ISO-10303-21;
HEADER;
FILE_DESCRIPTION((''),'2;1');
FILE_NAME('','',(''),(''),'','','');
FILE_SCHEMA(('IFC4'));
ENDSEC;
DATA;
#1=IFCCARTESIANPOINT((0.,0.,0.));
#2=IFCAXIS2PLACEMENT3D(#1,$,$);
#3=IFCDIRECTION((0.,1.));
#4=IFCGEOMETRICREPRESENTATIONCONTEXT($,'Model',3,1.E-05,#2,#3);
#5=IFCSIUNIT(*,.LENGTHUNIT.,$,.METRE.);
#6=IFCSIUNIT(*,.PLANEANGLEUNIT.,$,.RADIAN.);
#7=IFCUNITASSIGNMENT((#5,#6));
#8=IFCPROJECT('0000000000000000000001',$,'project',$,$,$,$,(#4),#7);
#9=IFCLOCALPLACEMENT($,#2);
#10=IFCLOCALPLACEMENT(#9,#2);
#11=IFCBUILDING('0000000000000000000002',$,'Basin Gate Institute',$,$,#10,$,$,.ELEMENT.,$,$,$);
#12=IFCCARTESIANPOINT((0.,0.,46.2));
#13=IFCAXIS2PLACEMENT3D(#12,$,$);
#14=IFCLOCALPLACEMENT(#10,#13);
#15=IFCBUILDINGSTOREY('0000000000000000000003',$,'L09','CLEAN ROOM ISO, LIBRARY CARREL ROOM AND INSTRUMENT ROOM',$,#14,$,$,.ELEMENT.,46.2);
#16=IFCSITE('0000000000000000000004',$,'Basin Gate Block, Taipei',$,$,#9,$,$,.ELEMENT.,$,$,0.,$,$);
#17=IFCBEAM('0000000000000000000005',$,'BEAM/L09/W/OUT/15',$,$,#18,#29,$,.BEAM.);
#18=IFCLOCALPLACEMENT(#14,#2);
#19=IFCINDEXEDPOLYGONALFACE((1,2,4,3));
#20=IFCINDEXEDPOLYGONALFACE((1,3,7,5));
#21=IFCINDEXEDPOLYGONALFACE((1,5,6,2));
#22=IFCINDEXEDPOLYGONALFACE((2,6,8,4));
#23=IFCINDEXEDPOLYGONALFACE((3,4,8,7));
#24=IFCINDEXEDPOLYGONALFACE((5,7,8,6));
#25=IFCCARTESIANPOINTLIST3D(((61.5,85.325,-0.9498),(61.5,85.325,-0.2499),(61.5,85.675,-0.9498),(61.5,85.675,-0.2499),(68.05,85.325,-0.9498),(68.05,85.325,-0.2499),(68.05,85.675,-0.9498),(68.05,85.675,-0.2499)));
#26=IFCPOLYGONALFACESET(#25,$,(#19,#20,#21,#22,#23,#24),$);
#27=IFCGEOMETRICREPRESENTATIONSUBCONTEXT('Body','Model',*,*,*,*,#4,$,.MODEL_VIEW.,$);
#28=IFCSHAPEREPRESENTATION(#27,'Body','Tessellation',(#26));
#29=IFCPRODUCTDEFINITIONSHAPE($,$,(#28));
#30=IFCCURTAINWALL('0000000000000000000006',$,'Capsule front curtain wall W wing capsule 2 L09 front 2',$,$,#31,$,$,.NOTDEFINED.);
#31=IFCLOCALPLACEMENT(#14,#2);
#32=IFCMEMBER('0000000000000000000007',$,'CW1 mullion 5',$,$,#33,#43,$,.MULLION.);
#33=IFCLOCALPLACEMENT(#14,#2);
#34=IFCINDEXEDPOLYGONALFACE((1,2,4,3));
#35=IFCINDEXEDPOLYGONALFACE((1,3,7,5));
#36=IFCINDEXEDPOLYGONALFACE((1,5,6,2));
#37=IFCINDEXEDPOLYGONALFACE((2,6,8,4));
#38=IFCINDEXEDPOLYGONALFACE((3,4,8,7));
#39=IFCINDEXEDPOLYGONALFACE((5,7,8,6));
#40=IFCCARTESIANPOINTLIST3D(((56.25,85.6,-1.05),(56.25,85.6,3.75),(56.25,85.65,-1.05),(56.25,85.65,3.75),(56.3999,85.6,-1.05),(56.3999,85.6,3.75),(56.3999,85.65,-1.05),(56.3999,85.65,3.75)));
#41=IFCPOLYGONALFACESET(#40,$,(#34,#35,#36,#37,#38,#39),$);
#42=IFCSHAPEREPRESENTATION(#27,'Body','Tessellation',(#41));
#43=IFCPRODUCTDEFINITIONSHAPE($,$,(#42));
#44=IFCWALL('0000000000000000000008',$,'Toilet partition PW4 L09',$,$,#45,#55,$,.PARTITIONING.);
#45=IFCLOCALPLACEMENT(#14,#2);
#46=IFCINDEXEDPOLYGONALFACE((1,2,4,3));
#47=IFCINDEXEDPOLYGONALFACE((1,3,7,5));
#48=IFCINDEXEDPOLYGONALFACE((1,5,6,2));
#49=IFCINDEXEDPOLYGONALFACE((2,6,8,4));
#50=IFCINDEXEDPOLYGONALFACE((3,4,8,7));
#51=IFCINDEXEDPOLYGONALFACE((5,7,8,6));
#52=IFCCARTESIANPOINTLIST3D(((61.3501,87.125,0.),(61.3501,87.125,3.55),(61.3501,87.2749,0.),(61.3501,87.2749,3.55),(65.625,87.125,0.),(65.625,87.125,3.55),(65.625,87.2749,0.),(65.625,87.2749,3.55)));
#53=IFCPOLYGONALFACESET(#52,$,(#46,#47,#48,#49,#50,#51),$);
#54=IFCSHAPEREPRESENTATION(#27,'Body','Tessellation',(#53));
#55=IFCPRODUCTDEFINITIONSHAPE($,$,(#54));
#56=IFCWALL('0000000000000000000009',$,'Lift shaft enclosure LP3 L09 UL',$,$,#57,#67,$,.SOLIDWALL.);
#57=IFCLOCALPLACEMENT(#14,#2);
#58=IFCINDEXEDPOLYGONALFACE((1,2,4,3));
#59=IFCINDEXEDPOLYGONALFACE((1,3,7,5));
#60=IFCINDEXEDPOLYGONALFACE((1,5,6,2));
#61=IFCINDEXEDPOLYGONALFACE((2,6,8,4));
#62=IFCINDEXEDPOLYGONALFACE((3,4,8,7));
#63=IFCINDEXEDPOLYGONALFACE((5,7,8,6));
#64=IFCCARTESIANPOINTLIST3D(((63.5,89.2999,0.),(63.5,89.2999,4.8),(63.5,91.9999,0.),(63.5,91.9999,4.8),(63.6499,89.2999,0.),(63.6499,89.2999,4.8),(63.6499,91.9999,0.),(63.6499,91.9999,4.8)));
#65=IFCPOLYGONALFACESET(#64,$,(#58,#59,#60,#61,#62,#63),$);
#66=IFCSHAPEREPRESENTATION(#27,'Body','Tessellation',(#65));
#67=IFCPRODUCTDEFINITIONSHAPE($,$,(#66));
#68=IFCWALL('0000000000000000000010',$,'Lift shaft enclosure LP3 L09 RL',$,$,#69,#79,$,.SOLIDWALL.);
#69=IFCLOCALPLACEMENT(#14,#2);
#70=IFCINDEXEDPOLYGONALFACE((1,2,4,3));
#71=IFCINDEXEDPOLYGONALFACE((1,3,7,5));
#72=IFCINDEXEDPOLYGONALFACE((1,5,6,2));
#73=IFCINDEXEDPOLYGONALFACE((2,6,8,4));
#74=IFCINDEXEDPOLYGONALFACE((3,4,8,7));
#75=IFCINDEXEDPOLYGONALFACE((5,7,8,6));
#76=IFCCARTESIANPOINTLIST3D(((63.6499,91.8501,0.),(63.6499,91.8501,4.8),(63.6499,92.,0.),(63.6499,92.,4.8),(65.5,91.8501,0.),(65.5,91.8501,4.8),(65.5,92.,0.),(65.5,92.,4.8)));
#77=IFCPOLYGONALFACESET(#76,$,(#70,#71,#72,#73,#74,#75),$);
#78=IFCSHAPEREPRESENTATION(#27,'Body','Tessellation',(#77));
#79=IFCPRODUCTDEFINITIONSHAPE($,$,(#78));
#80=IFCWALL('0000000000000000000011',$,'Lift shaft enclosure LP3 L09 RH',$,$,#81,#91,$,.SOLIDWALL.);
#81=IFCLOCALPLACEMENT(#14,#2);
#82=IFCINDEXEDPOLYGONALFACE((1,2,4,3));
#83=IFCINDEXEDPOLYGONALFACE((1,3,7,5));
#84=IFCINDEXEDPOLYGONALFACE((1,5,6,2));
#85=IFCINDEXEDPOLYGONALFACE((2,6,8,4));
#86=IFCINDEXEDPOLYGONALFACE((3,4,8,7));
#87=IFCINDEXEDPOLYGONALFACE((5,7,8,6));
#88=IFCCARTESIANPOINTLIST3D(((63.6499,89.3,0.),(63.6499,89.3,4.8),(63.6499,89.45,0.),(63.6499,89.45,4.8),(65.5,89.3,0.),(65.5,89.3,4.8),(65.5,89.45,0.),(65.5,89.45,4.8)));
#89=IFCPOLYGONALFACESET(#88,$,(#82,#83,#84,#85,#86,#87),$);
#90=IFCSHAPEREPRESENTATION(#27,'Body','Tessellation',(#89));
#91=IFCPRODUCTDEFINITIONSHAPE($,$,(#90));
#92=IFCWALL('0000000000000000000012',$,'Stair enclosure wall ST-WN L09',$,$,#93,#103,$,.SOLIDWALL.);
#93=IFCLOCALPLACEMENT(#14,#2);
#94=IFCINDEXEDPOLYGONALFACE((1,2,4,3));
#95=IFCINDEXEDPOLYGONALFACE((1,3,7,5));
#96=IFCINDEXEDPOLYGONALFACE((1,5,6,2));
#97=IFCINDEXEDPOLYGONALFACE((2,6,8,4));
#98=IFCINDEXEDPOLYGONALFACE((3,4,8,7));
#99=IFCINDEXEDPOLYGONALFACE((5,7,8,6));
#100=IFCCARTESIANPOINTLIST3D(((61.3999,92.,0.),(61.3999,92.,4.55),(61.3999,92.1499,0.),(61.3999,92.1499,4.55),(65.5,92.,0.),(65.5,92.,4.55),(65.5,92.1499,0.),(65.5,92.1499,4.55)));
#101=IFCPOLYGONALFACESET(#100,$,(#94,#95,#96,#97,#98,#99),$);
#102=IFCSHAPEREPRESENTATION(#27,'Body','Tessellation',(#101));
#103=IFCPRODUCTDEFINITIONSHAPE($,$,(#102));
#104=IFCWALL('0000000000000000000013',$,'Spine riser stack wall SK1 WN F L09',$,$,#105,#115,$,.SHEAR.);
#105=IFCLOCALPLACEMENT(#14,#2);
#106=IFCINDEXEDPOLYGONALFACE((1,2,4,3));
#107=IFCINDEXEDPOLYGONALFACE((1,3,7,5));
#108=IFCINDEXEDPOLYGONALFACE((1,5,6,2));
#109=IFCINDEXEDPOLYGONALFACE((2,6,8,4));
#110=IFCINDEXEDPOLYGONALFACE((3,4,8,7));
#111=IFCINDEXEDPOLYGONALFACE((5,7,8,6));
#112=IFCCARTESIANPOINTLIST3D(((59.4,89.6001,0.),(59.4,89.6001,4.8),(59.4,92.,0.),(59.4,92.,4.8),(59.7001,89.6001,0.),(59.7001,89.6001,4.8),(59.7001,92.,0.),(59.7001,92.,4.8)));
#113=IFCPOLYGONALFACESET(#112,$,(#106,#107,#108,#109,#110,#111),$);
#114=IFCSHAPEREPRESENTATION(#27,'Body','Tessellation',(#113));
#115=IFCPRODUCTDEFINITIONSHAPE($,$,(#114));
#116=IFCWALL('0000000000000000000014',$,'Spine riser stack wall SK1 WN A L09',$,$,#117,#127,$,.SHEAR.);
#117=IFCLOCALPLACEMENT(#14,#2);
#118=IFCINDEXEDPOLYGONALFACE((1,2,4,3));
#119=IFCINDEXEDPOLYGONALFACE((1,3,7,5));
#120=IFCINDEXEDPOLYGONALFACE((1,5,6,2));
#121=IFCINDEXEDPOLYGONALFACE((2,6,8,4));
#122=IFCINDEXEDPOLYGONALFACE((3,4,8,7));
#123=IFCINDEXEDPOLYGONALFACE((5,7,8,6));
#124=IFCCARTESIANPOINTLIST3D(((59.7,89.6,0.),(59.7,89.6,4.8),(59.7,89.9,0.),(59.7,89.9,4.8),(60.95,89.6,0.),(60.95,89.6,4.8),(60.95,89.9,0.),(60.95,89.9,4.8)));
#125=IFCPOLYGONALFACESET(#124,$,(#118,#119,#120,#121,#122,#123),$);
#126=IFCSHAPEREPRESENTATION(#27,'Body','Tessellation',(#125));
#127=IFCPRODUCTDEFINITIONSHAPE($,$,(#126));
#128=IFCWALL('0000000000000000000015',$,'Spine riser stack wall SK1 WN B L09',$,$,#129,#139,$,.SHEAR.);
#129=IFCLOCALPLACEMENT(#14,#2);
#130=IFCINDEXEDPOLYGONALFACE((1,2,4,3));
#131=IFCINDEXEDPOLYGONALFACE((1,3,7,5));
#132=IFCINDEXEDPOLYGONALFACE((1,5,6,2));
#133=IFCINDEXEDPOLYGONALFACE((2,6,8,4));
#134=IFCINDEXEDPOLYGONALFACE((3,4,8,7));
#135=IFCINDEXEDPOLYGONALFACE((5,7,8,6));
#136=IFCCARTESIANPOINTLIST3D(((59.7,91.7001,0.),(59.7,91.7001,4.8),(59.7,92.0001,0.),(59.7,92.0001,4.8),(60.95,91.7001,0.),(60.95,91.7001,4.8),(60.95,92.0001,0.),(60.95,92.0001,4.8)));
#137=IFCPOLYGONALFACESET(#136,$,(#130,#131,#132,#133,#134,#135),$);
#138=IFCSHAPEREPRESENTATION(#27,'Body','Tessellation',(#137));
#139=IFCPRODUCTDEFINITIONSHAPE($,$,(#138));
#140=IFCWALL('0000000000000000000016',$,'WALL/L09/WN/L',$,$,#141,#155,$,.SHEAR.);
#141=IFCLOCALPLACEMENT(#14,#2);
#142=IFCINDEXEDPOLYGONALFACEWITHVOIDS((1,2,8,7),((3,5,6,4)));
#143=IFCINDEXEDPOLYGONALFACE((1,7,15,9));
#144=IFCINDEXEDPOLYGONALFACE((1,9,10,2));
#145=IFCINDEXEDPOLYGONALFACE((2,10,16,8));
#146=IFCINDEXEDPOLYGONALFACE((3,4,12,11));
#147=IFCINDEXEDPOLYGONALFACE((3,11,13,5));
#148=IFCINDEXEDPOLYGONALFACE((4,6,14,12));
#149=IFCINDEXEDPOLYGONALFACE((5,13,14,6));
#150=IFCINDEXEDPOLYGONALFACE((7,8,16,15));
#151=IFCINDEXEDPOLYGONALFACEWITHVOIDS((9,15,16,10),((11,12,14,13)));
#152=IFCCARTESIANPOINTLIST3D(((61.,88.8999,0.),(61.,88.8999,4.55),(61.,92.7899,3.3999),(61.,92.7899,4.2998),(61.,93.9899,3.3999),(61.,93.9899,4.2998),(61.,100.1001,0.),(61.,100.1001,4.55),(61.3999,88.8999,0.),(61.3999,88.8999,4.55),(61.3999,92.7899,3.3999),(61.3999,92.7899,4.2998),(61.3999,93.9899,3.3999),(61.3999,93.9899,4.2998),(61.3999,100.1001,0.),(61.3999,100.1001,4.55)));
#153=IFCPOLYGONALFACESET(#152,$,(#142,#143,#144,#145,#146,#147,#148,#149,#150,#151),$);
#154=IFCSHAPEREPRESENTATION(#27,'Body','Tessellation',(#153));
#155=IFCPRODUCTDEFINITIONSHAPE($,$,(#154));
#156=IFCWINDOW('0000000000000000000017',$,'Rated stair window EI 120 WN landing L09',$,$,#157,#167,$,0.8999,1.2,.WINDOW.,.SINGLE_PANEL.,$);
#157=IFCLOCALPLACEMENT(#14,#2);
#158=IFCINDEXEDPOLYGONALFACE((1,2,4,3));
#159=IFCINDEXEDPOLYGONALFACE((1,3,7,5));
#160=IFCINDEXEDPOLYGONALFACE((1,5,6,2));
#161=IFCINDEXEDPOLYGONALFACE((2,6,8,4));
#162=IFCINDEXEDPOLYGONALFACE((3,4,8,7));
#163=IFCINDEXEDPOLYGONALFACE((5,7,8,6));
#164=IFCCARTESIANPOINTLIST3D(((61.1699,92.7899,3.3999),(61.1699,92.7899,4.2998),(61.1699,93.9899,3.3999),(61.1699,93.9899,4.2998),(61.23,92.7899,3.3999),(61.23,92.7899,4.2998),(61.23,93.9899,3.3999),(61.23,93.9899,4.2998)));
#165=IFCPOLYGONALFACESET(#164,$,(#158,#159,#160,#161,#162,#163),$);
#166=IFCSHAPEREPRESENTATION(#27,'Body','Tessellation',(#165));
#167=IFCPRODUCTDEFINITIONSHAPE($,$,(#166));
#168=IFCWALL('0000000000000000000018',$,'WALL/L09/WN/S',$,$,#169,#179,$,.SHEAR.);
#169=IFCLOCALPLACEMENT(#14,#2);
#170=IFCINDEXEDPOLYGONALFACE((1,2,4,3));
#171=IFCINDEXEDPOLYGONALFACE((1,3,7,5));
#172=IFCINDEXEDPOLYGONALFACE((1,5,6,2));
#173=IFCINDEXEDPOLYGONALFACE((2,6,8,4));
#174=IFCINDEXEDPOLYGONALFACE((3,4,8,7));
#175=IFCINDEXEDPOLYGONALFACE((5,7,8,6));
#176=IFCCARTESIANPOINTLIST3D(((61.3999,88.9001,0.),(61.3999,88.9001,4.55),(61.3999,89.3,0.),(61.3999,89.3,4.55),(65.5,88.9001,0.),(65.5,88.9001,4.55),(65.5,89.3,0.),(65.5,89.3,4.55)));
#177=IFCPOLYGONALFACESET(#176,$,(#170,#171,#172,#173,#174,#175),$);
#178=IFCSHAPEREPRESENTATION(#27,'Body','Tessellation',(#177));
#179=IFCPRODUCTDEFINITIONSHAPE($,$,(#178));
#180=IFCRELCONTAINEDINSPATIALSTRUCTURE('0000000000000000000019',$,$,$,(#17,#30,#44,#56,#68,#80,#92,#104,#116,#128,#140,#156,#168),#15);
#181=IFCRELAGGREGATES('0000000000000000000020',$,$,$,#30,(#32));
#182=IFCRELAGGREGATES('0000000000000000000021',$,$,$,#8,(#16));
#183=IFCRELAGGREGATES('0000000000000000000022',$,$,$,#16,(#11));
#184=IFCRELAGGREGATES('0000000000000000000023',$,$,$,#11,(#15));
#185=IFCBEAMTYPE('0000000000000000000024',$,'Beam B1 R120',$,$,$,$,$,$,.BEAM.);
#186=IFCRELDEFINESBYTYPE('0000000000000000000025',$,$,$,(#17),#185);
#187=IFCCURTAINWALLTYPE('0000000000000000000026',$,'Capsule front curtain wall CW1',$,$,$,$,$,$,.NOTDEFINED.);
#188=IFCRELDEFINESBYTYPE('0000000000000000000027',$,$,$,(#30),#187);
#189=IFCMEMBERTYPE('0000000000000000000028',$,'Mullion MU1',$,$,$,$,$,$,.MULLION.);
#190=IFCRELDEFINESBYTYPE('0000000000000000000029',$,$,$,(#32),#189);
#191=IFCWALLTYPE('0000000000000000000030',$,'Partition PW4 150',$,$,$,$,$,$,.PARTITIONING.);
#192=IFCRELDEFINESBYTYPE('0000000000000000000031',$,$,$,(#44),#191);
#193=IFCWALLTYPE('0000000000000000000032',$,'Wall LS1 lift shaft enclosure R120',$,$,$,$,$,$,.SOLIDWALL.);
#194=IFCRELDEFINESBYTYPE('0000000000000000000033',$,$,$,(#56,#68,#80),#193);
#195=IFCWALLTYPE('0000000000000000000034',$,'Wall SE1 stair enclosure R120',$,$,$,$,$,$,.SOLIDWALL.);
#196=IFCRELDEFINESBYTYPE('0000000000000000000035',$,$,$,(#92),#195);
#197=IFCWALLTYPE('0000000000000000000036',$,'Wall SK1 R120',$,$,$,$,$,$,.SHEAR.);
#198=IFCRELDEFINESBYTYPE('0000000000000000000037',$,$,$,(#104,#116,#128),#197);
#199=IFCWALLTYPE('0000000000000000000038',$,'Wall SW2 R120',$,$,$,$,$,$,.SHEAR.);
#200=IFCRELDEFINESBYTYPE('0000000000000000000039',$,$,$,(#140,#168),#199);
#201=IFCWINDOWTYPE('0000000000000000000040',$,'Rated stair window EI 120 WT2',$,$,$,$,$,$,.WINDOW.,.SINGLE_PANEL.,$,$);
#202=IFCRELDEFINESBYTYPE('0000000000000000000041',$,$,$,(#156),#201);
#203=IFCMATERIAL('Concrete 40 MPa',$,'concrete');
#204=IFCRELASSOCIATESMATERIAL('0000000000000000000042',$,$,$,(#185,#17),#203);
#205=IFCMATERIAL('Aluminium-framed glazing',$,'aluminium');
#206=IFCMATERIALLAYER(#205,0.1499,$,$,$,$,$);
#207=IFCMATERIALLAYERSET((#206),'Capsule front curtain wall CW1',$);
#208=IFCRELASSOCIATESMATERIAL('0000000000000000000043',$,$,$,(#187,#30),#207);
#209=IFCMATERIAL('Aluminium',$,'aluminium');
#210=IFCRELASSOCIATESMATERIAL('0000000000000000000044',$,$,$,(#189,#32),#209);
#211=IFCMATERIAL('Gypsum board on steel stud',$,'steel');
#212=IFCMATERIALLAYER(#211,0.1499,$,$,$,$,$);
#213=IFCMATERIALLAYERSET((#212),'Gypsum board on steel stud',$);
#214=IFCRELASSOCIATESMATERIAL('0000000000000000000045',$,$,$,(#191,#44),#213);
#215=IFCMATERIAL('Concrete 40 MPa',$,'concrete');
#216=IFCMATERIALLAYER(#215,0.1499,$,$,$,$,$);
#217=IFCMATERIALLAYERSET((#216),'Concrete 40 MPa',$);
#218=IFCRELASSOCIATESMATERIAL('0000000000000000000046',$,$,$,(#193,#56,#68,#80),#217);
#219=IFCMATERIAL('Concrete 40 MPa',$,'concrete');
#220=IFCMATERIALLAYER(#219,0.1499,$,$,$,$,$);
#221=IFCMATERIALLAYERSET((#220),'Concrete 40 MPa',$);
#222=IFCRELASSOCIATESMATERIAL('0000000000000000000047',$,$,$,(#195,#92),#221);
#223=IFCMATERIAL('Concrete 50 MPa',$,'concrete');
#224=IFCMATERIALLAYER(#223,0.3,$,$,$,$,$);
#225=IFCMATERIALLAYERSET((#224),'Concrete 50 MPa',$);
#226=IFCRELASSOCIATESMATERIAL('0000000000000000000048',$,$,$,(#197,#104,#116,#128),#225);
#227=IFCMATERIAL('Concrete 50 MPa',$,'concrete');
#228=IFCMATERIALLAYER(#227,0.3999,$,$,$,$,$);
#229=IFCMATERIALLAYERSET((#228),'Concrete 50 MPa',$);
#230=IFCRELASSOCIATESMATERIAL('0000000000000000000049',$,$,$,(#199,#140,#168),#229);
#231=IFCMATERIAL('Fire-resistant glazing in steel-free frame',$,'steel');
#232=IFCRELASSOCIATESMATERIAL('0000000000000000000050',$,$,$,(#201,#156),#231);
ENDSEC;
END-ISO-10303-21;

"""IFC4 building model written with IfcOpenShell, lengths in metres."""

from ifc_helpers import new_model, si_unit, direction, frame, frame_2d, origin, origin_2d, place, context, subcontext, project, spatial, rectangle, extrude, material, layer, layer_set, material_profile, profile_set, type_object, element, fill, aggregate, save


model = new_model("IFC4")

# Units and contexts
model_context = context("Model", 3, precision=1e-05, world=origin(), true_north=direction((0.0, 1.0)))
body_context = subcontext(model_context, "Body", "Model", "MODEL_VIEW")
ifc_project = project(units=[si_unit("LENGTHUNIT", "METRE"), si_unit("PLANEANGLEUNIT", "RADIAN")], contexts=[model_context])

# Site, building, storey
site_placement = place(None, origin())
site = spatial("IfcSite", under=ifc_project, at=site_placement, Name="Basin Gate Block, Taipei", CompositionType="ELEMENT", RefElevation=0.0)
building_placement = place(site_placement, origin())
building = spatial("IfcBuilding", under=site, at=building_placement, Name="Basin Gate Institute", CompositionType="ELEMENT")
storey_placement = place(building_placement, frame((0.0, 0.0, 46.2)))
storey = spatial("IfcBuildingStorey", under=building, at=storey_placement, Name="L09", Description="CLEAN ROOM ISO, LIBRARY CARREL ROOM AND INSTRUMENT ROOM", CompositionType="ELEMENT", Elevation=46.2)

# Beam
ifc_material_1 = material(Name="Concrete 40 MPa", Category="concrete")
ifc_material_profile_1 = material_profile(ifc_material_1, rectangle(XDim=0.3501, YDim=0.7, at=origin_2d()), Name="Beam B1 350 x 700")
ifc_profile_set_1 = profile_set([ifc_material_profile_1], Name="Concrete 40 MPa")
beam_type = type_object("IfcBeamType", Name="Beam B1 R120", PredefinedType="BEAM", material=ifc_profile_set_1)
beam_placement = place(storey_placement, frame((61.5, 85.5, -0.5999), z_axis=(1.0, 0.0, 0.0), x_axis=(0.0, 1.0, 0.0)))
element("IfcBeam", 1, at=beam_placement, inside=storey, type_object=beam_type, material=ifc_profile_set_1, Name="BEAM/L09/W/OUT/15", PredefinedType="BEAM", context=body_context, shape_type="SweptSolid", body=[
    extrude(rectangle(XDim=0.3501, YDim=0.7, at=origin_2d()), origin(), (0.0, 0.0, 1.0), 6.55),
])

# Curtain wall, member
ifc_material_2 = material(Name="Aluminium-framed glazing", Category="aluminium")
ifc_layer_1 = layer(ifc_material_2, 0.1499)
ifc_layer_set_1 = layer_set([ifc_layer_1], Name="Capsule front curtain wall CW1")
curtain_wall_type = type_object("IfcCurtainWallType", Name="Capsule front curtain wall CW1", PredefinedType="NOTDEFINED", material=ifc_layer_set_1)
curtain_wall_placement = place(storey_placement, origin())
curtain_wall = element("IfcCurtainWall", 2, at=curtain_wall_placement, inside=storey, type_object=curtain_wall_type, material=ifc_layer_set_1, Name="Capsule front curtain wall W wing capsule 2 L09 front 2", PredefinedType="NOTDEFINED")
ifc_material_3 = material(Name="Aluminium", Category="aluminium")
ifc_material_profile_2 = material_profile(ifc_material_3, rectangle(XDim=0.1499, YDim=0.05, at=origin_2d()), Name="Mullion MU1 150 x 50")
ifc_profile_set_2 = profile_set([ifc_material_profile_2], Name="Aluminium")
member_type = type_object("IfcMemberType", Name="Mullion MU1", PredefinedType="MULLION", material=ifc_profile_set_2)
member_placement = place(storey_placement, frame((56.325, 85.625, -1.05), z_axis=(0.0, 0.0, 1.0), x_axis=(-1.0, 0.0, 0.0)))
member = element("IfcMember", 3, at=member_placement, type_object=member_type, material=ifc_profile_set_2, Name="CW1 mullion 5", PredefinedType="MULLION", context=body_context, shape_type="SweptSolid", body=[
    extrude(rectangle(XDim=0.1499, YDim=0.05, at=origin_2d()), origin(), (0.0, 0.0, 1.0), 4.8),
])
aggregate(curtain_wall, [member])

# Walls
ifc_material_4 = material(Name="Gypsum board on steel stud", Category="steel")
ifc_layer_2 = layer(ifc_material_4, 0.1499)
ifc_layer_set_2 = layer_set([ifc_layer_2], Name="Gypsum board on steel stud")
wall_type_1 = type_object("IfcWallType", Name="Partition PW4 150", PredefinedType="PARTITIONING", material=ifc_layer_set_2)
wall_1_placement = place(storey_placement, frame((61.3501, 87.2, 0.0), z_axis=(0.0, 0.0, 1.0), x_axis=(1.0, 0.0, 0.0)))
element("IfcWall", 4, at=wall_1_placement, inside=storey, type_object=wall_type_1, material=ifc_layer_set_2, Name="Toilet partition PW4 L09", PredefinedType="PARTITIONING", context=body_context, shape_type="SweptSolid", body=[
    extrude(rectangle(XDim=4.2749, YDim=0.1499, at=frame_2d((2.1375, 0.0))), origin(), (0.0, 0.0, 1.0), 3.55),
])
ifc_material_5 = material(Name="Concrete 40 MPa", Category="concrete")
ifc_layer_3 = layer(ifc_material_5, 0.1499)
ifc_layer_set_3 = layer_set([ifc_layer_3], Name="Concrete 40 MPa")
wall_type_2 = type_object("IfcWallType", Name="Wall LS1 lift shaft enclosure R120", PredefinedType="SOLIDWALL", material=ifc_layer_set_3)
wall_2_placement = place(storey_placement, frame((63.575, 92.0, 0.0), z_axis=(0.0, 0.0, 1.0), x_axis=(0.0, -1.0, 0.0)))
element("IfcWall", 5, at=wall_2_placement, inside=storey, type_object=wall_type_2, material=ifc_layer_set_3, Name="Lift shaft enclosure LP3 L09 UL", PredefinedType="SOLIDWALL", context=body_context, shape_type="SweptSolid", body=[
    extrude(rectangle(XDim=2.7, YDim=0.1499, at=frame_2d((1.3501, 0.0))), origin(), (0.0, 0.0, 1.0), 4.8),
])
for number, where, z_axis, x_axis, name in (
    (6, (63.6499, 91.925, 0.0), (0.0, 0.0, 1.0), (1.0, 0.0, 0.0), "Lift shaft enclosure LP3 L09 RL"),
    (7, (63.6499, 89.375, 0.0), (0.0, 0.0, 1.0), (1.0, 0.0, 0.0), "Lift shaft enclosure LP3 L09 RH"),
):
    element("IfcWall", number, at=place(storey_placement, frame(where, z_axis=z_axis, x_axis=x_axis)), inside=storey, type_object=wall_type_2, material=ifc_layer_set_3, Name=name, PredefinedType="SOLIDWALL", context=body_context, shape_type="SweptSolid", body=[
        extrude(rectangle(XDim=1.8501, YDim=0.1499, at=frame_2d((0.925, 0.0))), origin(), (0.0, 0.0, 1.0), 4.8),
    ])
ifc_material_6 = material(Name="Concrete 40 MPa", Category="concrete")
ifc_layer_4 = layer(ifc_material_6, 0.1499)
ifc_layer_set_4 = layer_set([ifc_layer_4], Name="Concrete 40 MPa")
wall_type_3 = type_object("IfcWallType", Name="Wall SE1 stair enclosure R120", PredefinedType="SOLIDWALL", material=ifc_layer_set_4)
wall_3_placement = place(storey_placement, frame((61.3999, 92.075, 0.0), z_axis=(0.0, 0.0, 1.0), x_axis=(1.0, 0.0, 0.0)))
element("IfcWall", 8, at=wall_3_placement, inside=storey, type_object=wall_type_3, material=ifc_layer_set_4, Name="Stair enclosure wall ST-WN L09", PredefinedType="SOLIDWALL", context=body_context, shape_type="SweptSolid", body=[
    extrude(rectangle(XDim=4.1001, YDim=0.1499, at=frame_2d((2.05, 0.0))), origin(), (0.0, 0.0, 1.0), 4.55),
])
ifc_material_7 = material(Name="Concrete 50 MPa", Category="concrete")
ifc_layer_5 = layer(ifc_material_7, 0.3)
ifc_layer_set_5 = layer_set([ifc_layer_5], Name="Concrete 50 MPa")
wall_type_4 = type_object("IfcWallType", Name="Wall SK1 R120", PredefinedType="SHEAR", material=ifc_layer_set_5)
wall_4_placement = place(storey_placement, frame((59.55, 89.6001, 0.0), z_axis=(0.0, 0.0, 1.0), x_axis=(0.0, 1.0, 0.0)))
element("IfcWall", 9, at=wall_4_placement, inside=storey, type_object=wall_type_4, material=ifc_layer_set_5, Name="Spine riser stack wall SK1 WN F L09", PredefinedType="SHEAR", context=body_context, shape_type="SweptSolid", body=[
    extrude(rectangle(XDim=2.3999, YDim=0.3, at=frame_2d((1.2, 0.0))), origin(), (0.0, 0.0, 1.0), 4.8),
])
for number, where, z_axis, x_axis, name in (
    (10, (60.95, 89.75, 0.0), (0.0, 0.0, 1.0), (-1.0, 0.0, 0.0), "Spine riser stack wall SK1 WN A L09"),
    (11, (60.95, 91.8501, 0.0), (0.0, 0.0, 1.0), (-1.0, 0.0, 0.0), "Spine riser stack wall SK1 WN B L09"),
):
    element("IfcWall", number, at=place(storey_placement, frame(where, z_axis=z_axis, x_axis=x_axis)), inside=storey, type_object=wall_type_4, material=ifc_layer_set_5, Name=name, PredefinedType="SHEAR", context=body_context, shape_type="SweptSolid", body=[
        extrude(rectangle(XDim=1.25, YDim=0.3, at=frame_2d((0.625, 0.0))), origin(), (0.0, 0.0, 1.0), 4.8),
    ])

# Wall, opening, window
ifc_material_8 = material(Name="Concrete 50 MPa", Category="concrete")
ifc_layer_6 = layer(ifc_material_8, 0.3999)
ifc_layer_set_6 = layer_set([ifc_layer_6], Name="Concrete 50 MPa")
wall_type_5 = type_object("IfcWallType", Name="Wall SW2 R120", PredefinedType="SHEAR", material=ifc_layer_set_6)
wall_5_placement = place(storey_placement, frame((61.2, 88.8999, 0.0), z_axis=(0.0, 0.0, 1.0), x_axis=(0.0, 1.0, 0.0)))
wall_5 = element("IfcWall", 12, at=wall_5_placement, inside=storey, type_object=wall_type_5, material=ifc_layer_set_6, Name="WALL/L09/WN/L", PredefinedType="SHEAR", context=body_context, shape_type="SweptSolid", body=[
    extrude(rectangle(XDim=11.2002, YDim=0.3999, at=frame_2d((5.6001, 0.0))), origin(), (0.0, 0.0, 1.0), 4.55),
])
opening_1_placement = place(wall_5_placement, frame((3.8899, 0.0, 3.3999)))
opening_1 = element("IfcOpeningElement", 13, at=opening_1_placement, cuts=wall_5, PredefinedType="OPENING", context=body_context, shape_type="SweptSolid", body=[
    extrude(rectangle(XDim=1.2, YDim=0.8999, at=frame_2d((0.6001, 0.45))), frame((0.0, 0.21, 0.0), z_axis=(0.0, -1.0, 0.0), x_axis=(1.0, 0.0, 0.0)), (0.0, 0.0, 1.0), 0.4199),
])
ifc_material_9 = material(Name="Fire-resistant glazing in steel-free frame", Category="steel")
window_type = type_object("IfcWindowType", Name="Rated stair window EI 120 WT2", PartitioningType="SINGLE_PANEL", PredefinedType="WINDOW", material=ifc_material_9)
window_1_placement = place(opening_1_placement, origin())
window_1 = element("IfcWindow", 14, at=window_1_placement, inside=storey, type_object=window_type, material=ifc_material_9, Name="Rated stair window EI 120 WN landing L09", OverallHeight=0.8999, OverallWidth=1.2, PartitioningType="SINGLE_PANEL", PredefinedType="WINDOW", context=body_context, shape_type="SweptSolid", body=[
    extrude(rectangle(XDim=1.2, YDim=0.8999, at=frame_2d((0.6001, 0.45))), frame((0.0, 0.03, 0.0), z_axis=(0.0, -1.0, 0.0), x_axis=(1.0, 0.0, 0.0)), (0.0, 0.0, 1.0), 0.0601),
])
fill(opening_1, window_1)

# Wall
wall_6_placement = place(storey_placement, frame((61.3999, 89.1001, 0.0), z_axis=(0.0, 0.0, 1.0), x_axis=(1.0, 0.0, 0.0)))
element("IfcWall", 15, at=wall_6_placement, inside=storey, type_object=wall_type_5, material=ifc_layer_set_6, Name="WALL/L09/WN/S", PredefinedType="SHEAR", context=body_context, shape_type="SweptSolid", body=[
    extrude(rectangle(XDim=4.1001, YDim=0.3999, at=frame_2d((2.05, 0.0))), origin(), (0.0, 0.0, 1.0), 4.55),
])

save(model, "model.ifc")
